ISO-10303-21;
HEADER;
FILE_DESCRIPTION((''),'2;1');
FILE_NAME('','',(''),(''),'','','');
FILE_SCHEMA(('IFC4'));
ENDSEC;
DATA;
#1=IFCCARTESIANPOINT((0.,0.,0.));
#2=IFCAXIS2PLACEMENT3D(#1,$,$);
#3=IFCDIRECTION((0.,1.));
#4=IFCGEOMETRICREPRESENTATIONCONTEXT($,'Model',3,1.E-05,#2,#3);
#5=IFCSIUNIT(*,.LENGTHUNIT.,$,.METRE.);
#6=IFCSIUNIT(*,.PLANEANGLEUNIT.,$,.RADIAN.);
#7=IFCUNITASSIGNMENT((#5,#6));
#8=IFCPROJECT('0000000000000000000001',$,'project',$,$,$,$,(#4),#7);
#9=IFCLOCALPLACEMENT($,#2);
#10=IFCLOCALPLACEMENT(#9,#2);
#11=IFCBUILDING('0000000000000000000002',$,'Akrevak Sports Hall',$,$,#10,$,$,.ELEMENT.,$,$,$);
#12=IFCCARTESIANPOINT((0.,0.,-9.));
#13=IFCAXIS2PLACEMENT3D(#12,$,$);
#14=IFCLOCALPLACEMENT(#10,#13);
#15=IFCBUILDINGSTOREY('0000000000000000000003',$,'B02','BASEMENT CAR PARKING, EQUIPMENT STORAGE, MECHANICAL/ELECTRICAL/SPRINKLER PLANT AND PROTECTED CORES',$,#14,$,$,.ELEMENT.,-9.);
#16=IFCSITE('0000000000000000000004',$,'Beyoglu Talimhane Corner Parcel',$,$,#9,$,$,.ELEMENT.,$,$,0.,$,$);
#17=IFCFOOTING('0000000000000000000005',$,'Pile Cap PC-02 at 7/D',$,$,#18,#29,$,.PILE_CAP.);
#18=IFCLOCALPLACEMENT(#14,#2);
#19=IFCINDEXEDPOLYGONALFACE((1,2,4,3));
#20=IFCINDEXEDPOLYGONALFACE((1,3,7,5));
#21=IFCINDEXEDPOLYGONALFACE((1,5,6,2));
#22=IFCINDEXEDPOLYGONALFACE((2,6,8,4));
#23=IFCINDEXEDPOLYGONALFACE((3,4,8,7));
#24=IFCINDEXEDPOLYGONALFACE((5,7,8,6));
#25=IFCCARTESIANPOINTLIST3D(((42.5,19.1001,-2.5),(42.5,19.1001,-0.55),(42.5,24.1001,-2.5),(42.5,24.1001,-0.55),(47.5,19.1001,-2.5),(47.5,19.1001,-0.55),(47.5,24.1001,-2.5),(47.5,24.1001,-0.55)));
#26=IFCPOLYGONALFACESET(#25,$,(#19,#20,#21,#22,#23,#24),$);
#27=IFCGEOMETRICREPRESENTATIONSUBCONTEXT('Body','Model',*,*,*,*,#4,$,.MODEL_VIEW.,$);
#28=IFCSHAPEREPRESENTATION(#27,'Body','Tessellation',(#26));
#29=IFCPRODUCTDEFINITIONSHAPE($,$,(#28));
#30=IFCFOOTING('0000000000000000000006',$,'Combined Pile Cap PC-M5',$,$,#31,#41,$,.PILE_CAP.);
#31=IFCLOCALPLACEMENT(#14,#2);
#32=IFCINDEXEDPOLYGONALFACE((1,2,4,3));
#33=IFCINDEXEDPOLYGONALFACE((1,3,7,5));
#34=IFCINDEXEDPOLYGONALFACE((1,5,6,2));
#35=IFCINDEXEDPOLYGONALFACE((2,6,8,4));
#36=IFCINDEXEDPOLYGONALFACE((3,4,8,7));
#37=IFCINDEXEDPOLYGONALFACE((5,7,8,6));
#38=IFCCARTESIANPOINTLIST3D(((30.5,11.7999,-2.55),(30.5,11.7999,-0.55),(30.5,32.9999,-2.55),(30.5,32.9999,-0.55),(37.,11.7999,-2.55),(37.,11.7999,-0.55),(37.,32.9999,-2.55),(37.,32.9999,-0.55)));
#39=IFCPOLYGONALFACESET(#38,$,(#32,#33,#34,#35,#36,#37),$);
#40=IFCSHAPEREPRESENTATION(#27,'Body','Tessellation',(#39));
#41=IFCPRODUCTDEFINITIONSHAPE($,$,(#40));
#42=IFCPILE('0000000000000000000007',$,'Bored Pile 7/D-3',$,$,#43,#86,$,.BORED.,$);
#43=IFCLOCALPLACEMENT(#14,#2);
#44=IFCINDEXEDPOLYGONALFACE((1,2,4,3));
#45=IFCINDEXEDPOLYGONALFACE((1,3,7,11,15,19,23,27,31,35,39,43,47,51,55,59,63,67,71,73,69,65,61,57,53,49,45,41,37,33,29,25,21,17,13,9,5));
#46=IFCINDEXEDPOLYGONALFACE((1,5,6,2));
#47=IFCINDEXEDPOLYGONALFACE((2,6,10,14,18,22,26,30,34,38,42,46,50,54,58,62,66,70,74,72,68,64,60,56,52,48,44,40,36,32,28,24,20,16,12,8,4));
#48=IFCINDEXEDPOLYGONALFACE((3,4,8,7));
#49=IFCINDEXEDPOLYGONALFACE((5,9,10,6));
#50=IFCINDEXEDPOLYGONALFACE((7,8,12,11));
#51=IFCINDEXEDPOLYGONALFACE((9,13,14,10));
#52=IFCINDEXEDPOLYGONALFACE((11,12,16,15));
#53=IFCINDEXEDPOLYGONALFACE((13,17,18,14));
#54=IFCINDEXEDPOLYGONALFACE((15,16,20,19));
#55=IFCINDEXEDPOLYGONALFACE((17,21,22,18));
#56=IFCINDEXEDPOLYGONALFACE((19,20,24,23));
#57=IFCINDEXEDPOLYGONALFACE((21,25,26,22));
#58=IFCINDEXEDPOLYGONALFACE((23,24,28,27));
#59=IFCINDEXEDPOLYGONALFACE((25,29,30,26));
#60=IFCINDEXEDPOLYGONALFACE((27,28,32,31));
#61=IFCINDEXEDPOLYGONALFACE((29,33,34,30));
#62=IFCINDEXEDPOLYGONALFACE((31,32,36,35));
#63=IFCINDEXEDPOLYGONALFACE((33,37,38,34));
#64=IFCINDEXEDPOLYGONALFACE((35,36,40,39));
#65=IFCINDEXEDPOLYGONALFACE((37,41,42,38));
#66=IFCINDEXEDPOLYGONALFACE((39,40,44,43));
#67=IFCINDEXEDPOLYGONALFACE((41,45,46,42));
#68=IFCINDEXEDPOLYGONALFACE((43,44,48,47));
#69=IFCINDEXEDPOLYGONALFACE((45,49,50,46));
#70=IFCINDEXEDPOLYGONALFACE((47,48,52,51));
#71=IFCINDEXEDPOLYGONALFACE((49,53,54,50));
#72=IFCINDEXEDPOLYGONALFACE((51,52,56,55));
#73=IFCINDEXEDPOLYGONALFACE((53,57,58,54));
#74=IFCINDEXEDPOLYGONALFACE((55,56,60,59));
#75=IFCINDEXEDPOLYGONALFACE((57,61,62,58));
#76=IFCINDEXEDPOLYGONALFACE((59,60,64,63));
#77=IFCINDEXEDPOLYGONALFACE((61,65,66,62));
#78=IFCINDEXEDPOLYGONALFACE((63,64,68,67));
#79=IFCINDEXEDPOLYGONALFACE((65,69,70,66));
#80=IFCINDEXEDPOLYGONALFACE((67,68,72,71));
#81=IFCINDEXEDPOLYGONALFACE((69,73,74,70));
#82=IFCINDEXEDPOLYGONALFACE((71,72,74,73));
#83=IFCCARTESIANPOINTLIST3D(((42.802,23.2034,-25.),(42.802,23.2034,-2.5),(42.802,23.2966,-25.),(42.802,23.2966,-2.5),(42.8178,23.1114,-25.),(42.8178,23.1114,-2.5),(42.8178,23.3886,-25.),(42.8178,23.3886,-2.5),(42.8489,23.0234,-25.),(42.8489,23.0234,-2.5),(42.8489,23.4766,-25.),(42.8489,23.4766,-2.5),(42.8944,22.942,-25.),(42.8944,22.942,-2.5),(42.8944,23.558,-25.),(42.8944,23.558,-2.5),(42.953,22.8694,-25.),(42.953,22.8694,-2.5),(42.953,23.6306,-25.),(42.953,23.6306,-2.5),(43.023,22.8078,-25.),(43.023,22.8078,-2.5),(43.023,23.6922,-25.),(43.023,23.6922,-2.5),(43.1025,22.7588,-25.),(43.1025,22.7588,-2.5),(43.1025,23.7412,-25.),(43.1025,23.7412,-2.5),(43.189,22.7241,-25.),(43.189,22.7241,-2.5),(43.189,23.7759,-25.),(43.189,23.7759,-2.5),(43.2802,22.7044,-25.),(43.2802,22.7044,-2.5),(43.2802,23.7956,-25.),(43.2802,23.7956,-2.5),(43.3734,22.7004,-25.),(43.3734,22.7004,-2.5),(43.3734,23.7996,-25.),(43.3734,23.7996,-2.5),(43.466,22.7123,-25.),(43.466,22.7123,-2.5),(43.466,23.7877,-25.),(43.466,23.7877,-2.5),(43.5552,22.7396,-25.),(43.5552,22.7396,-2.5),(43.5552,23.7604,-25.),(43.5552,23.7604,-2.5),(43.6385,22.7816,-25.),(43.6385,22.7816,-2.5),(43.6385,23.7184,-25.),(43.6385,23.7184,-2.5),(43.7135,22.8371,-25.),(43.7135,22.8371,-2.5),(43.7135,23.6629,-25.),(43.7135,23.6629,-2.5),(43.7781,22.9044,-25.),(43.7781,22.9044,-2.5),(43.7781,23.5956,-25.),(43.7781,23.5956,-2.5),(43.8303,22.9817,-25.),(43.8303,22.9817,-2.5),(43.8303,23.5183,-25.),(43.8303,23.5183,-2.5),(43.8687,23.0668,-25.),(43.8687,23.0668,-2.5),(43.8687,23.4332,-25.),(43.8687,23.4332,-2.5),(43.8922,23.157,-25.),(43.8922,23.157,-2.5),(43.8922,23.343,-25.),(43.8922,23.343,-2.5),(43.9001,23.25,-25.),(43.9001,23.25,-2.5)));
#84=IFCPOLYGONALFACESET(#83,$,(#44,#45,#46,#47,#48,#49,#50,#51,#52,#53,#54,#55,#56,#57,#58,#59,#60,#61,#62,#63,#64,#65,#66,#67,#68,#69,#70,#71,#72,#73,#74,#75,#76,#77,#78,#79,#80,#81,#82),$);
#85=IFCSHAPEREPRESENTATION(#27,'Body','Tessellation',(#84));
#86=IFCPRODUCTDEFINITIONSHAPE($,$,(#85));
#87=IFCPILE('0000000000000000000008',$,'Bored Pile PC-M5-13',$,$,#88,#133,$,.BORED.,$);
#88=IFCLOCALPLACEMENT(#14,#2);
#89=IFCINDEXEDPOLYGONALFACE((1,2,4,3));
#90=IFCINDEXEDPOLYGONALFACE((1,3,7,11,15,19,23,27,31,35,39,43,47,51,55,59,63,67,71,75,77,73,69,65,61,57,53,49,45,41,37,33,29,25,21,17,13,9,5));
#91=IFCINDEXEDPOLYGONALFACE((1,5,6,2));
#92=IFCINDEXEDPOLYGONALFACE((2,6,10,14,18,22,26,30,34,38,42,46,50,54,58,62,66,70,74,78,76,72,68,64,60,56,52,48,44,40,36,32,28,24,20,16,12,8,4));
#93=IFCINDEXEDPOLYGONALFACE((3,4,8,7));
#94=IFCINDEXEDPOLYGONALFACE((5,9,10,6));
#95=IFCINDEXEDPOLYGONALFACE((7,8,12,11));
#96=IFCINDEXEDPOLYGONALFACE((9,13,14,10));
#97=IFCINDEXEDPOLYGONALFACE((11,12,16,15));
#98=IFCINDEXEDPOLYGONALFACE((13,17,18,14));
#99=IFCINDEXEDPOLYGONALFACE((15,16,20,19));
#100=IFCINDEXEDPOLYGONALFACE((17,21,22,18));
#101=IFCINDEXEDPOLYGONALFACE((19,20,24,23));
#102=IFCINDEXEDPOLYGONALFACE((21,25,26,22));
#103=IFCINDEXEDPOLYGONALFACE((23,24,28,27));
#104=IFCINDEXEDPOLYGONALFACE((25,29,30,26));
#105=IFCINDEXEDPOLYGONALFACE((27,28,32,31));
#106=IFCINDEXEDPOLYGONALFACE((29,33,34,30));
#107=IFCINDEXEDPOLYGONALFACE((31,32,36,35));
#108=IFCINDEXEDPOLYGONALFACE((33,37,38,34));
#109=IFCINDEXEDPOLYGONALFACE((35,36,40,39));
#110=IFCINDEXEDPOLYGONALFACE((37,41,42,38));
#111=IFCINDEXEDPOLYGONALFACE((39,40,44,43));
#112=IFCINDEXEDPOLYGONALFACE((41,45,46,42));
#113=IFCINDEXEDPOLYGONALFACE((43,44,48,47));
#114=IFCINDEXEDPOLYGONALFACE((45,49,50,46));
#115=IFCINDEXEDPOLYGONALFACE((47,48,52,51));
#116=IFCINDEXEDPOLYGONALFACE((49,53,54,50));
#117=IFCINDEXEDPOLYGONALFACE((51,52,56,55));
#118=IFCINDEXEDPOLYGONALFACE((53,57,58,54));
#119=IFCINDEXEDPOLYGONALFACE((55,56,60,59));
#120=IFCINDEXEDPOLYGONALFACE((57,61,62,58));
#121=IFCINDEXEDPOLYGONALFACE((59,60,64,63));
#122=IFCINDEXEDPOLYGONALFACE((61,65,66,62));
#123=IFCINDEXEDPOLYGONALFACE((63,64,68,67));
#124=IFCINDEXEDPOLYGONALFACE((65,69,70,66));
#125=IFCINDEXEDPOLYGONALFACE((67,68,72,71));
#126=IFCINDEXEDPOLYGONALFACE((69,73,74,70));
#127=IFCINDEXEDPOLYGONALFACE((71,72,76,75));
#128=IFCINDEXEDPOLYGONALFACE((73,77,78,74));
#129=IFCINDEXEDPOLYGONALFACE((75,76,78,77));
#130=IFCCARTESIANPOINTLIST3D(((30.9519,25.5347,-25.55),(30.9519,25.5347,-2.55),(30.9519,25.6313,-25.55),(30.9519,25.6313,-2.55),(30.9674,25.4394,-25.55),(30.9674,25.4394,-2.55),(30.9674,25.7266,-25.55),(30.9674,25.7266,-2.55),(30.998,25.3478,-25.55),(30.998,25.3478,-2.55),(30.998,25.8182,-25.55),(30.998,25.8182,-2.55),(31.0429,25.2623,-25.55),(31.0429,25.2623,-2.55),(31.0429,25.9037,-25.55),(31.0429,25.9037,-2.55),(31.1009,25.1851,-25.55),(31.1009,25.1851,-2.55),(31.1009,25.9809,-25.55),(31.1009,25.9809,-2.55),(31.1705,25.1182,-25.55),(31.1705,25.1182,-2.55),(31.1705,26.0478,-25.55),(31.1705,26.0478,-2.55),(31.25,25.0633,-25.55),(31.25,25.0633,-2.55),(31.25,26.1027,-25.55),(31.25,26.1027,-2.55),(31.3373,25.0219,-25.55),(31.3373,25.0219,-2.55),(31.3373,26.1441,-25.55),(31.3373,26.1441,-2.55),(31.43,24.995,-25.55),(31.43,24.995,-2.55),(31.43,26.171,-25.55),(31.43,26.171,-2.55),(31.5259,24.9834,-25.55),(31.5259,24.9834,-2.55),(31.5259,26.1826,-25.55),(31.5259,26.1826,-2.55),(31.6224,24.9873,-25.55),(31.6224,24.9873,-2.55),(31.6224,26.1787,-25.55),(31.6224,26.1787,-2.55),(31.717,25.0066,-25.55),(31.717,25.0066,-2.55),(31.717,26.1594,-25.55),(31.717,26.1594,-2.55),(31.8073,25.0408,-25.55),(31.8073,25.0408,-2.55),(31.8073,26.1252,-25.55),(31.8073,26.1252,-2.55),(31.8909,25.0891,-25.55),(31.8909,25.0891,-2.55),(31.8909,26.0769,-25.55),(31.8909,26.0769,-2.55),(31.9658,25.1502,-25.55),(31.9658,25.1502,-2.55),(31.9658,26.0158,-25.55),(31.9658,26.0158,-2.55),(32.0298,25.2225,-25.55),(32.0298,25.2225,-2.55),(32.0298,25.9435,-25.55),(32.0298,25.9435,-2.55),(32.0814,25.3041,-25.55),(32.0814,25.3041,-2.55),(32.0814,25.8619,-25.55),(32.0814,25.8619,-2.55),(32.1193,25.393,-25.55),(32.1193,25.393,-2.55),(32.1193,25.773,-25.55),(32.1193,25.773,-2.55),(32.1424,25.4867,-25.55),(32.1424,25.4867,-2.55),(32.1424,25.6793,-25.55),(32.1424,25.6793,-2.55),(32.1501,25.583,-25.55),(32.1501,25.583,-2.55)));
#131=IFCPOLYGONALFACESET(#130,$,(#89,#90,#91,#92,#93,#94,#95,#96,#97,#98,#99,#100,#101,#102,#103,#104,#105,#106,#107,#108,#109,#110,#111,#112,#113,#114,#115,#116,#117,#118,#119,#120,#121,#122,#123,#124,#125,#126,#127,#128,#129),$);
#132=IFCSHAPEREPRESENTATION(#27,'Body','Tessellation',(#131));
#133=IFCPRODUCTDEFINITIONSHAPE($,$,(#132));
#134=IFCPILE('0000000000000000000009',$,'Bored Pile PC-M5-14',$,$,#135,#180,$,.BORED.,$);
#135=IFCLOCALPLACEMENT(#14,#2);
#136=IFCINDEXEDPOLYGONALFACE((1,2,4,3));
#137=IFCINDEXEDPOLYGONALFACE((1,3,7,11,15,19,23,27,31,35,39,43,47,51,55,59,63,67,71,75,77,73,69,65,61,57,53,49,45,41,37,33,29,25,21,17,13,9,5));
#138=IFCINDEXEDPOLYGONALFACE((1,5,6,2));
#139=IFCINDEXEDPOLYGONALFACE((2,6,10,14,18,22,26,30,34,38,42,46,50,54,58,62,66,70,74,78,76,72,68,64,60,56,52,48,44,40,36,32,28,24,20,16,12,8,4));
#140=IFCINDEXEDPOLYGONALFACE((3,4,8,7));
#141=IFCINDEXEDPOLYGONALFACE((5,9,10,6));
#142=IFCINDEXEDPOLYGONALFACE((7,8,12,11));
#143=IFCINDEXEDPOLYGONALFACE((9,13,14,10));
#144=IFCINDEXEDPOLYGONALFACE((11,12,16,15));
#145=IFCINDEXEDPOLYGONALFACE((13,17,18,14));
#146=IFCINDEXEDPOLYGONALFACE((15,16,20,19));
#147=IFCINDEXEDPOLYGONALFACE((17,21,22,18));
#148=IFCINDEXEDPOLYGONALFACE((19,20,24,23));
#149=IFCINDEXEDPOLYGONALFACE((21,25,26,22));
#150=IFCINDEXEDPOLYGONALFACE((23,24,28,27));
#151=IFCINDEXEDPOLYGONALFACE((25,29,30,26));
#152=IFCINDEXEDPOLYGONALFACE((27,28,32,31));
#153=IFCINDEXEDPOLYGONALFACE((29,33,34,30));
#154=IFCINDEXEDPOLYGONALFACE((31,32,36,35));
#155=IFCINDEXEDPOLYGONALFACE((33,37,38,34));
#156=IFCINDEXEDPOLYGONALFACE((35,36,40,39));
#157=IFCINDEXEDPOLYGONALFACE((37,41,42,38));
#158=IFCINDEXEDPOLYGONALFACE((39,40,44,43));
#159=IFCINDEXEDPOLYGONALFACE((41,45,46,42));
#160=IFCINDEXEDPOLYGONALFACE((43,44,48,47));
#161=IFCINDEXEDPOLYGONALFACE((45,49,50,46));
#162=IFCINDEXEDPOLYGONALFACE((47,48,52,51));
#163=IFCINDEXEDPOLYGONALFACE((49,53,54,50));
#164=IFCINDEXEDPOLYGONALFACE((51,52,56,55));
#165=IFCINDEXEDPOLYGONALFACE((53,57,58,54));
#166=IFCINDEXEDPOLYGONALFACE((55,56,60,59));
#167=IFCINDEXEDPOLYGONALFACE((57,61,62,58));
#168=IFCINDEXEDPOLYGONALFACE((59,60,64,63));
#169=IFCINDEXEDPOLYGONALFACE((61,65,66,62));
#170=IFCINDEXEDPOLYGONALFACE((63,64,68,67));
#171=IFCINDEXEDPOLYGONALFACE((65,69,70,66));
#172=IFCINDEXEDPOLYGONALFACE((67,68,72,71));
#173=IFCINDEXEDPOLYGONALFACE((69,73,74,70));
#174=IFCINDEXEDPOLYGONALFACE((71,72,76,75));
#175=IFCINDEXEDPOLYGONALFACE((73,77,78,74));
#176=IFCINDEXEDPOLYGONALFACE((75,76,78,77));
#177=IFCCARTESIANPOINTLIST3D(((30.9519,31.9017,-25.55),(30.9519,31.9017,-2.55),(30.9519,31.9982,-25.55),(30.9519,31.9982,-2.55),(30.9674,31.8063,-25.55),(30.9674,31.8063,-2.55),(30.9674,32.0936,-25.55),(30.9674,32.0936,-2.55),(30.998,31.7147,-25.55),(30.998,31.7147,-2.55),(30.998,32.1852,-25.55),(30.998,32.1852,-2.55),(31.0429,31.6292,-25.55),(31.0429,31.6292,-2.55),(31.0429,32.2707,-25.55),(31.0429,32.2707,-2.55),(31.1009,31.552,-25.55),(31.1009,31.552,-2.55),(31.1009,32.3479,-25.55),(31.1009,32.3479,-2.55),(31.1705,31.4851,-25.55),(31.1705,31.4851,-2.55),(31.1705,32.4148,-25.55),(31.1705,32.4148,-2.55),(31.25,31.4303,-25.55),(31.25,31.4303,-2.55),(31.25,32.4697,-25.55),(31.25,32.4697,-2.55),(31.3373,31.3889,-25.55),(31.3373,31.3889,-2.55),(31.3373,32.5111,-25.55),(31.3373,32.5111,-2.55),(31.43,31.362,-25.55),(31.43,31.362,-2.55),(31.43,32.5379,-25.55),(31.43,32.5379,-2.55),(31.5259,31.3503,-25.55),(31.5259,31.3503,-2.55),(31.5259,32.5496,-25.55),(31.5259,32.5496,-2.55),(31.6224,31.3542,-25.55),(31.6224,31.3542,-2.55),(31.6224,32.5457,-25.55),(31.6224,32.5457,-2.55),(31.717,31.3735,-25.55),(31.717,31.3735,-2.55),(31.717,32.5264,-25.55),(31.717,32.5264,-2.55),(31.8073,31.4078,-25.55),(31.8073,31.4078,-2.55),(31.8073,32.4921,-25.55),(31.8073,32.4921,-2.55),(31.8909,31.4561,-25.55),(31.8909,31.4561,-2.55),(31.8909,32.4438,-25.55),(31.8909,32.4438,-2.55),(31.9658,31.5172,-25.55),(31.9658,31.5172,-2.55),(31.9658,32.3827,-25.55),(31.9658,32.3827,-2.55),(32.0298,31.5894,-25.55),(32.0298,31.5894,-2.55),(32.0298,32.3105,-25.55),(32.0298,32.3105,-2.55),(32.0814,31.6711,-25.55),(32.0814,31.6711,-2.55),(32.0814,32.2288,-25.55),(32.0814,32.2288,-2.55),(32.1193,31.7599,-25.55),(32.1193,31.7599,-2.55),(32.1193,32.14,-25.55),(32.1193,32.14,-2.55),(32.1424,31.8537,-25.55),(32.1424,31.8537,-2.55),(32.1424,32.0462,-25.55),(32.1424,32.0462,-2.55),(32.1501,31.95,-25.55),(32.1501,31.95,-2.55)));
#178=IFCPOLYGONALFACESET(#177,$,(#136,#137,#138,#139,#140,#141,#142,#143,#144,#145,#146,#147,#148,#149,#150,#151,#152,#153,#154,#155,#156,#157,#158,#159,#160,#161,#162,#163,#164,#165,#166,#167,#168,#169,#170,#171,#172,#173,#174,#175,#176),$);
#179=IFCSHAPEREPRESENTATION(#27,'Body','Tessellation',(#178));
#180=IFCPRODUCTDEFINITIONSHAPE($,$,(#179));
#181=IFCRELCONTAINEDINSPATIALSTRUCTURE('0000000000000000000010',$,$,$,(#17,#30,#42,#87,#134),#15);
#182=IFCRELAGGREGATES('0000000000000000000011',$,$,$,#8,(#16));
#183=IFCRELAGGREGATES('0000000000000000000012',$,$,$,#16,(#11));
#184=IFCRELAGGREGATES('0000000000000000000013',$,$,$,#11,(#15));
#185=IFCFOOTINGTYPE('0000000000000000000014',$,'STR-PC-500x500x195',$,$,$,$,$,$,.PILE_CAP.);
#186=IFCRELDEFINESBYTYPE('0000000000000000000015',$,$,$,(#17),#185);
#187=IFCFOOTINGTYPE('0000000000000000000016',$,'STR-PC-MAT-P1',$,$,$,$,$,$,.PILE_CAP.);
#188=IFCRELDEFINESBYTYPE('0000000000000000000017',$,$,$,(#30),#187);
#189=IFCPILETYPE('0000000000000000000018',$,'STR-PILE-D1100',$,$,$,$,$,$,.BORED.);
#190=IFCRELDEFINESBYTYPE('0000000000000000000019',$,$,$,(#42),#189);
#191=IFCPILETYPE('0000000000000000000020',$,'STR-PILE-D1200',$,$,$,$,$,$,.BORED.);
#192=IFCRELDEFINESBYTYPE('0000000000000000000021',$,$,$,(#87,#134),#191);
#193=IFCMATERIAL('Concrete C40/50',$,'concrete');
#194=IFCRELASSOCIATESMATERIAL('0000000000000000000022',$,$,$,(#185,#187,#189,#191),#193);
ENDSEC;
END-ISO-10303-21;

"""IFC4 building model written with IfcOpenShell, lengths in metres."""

from ifc_helpers import new_model, si_unit, direction, frame, origin, origin_2d, place, context, subcontext, project, spatial, rectangle, circle, extrude, material, material_profile, profile_set, type_object, element, save


model = new_model("IFC4")

# Units and contexts
model_context = context("Model", 3, precision=1e-05, world=origin(), true_north=direction((0.0, 1.0)))
body_context = subcontext(model_context, "Body", "Model", "MODEL_VIEW")
ifc_project = project(units=[si_unit("LENGTHUNIT", "METRE"), si_unit("PLANEANGLEUNIT", "RADIAN")], contexts=[model_context])

# Site, building, storey
site_placement = place(None, origin())
site = spatial("IfcSite", under=ifc_project, at=site_placement, Name="Beyoglu Talimhane Corner Parcel", CompositionType="ELEMENT", RefElevation=0.0)
building_placement = place(site_placement, origin())
building = spatial("IfcBuilding", under=site, at=building_placement, Name="Akrevak Sports Hall", CompositionType="ELEMENT")
storey_placement = place(building_placement, frame((0.0, 0.0, -9.0)))
storey = spatial("IfcBuildingStorey", under=building, at=storey_placement, Name="B02", Description="BASEMENT CAR PARKING, EQUIPMENT STORAGE, MECHANICAL/ELECTRICAL/SPRINKLER PLANT AND PROTECTED CORES", CompositionType="ELEMENT", Elevation=-9.0)

# Footings
ifc_material_1 = material(Name="Concrete C40/50", Category="concrete")
footing_type_1 = type_object("IfcFootingType", Name="STR-PC-500x500x195", PredefinedType="PILE_CAP", material=ifc_material_1)
footing_1_placement = place(storey_placement, frame((45.0, 21.6001, -2.5), z_axis=(0.0, 0.0, 1.0), x_axis=(1.0, 0.0, 0.0)))
element("IfcFooting", 1, at=footing_1_placement, inside=storey, type_object=footing_type_1, Name="Pile Cap PC-02 at 7/D", PredefinedType="PILE_CAP", context=body_context, shape_type="SweptSolid", body=[
    extrude(rectangle(XDim=5.0, YDim=5.0, at=origin_2d()), origin(), (0.0, 0.0, 1.0), 1.95),
])
footing_type_2 = type_object("IfcFootingType", Name="STR-PC-MAT-P1", PredefinedType="PILE_CAP", material=ifc_material_1)
footing_2_placement = place(storey_placement, frame((33.75, 22.3999, -2.55), z_axis=(0.0, 0.0, 1.0), x_axis=(1.0, 0.0, 0.0)))
element("IfcFooting", 2, at=footing_2_placement, inside=storey, type_object=footing_type_2, Name="Combined Pile Cap PC-M5", PredefinedType="PILE_CAP", context=body_context, shape_type="SweptSolid", body=[
    extrude(rectangle(XDim=6.5, YDim=21.2, at=origin_2d()), origin(), (0.0, 0.0, 1.0), 2.0),
])

# Piles
ifc_material_profile_1 = material_profile(ifc_material_1, circle(Radius=0.55, at=origin_2d()), Name="BORED PILE D1100", Category="concrete")
ifc_profile_set_1 = profile_set([ifc_material_profile_1], Name="Concrete C40/50")
pile_type_1 = type_object("IfcPileType", Name="STR-PILE-D1100", PredefinedType="BORED", material=ifc_profile_set_1)
pile_placement = place(storey_placement, frame((43.3501, 23.25, -2.5), z_axis=(0.0, 0.0, -1.0), x_axis=(1.0, 0.0, 0.0)))
element("IfcPile", 3, at=pile_placement, inside=storey, type_object=pile_type_1, Name="Bored Pile 7/D-3", PredefinedType="BORED", context=body_context, shape_type="SweptSolid", body=[
    extrude(circle(Radius=0.55, at=origin_2d()), origin(), (0.0, 0.0, 1.0), 22.5),
])
ifc_material_profile_2 = material_profile(ifc_material_1, circle(Radius=0.6001, at=origin_2d()), Name="BORED PILE D1200", Category="concrete")
ifc_profile_set_2 = profile_set([ifc_material_profile_2], Name="Concrete C40/50")
pile_type_2 = type_object("IfcPileType", Name="STR-PILE-D1200", PredefinedType="BORED", material=ifc_profile_set_2)
for number, where, z_axis, x_axis, name in (
    (4, (31.55, 25.583, -2.55), (0.0, 0.0, -1.0), (1.0, 0.0, 0.0), "Bored Pile PC-M5-13"),
    (5, (31.55, 31.95, -2.55), (0.0, 0.0, -1.0), (1.0, 0.0, 0.0), "Bored Pile PC-M5-14"),
):
    element("IfcPile", number, at=place(storey_placement, frame(where, z_axis=z_axis, x_axis=x_axis)), inside=storey, type_object=pile_type_2, Name=name, PredefinedType="BORED", context=body_context, shape_type="SweptSolid", body=[
        extrude(circle(Radius=0.6001, at=origin_2d()), origin(), (0.0, 0.0, 1.0), 23.0),
    ])

save(model, "model.ifc")
